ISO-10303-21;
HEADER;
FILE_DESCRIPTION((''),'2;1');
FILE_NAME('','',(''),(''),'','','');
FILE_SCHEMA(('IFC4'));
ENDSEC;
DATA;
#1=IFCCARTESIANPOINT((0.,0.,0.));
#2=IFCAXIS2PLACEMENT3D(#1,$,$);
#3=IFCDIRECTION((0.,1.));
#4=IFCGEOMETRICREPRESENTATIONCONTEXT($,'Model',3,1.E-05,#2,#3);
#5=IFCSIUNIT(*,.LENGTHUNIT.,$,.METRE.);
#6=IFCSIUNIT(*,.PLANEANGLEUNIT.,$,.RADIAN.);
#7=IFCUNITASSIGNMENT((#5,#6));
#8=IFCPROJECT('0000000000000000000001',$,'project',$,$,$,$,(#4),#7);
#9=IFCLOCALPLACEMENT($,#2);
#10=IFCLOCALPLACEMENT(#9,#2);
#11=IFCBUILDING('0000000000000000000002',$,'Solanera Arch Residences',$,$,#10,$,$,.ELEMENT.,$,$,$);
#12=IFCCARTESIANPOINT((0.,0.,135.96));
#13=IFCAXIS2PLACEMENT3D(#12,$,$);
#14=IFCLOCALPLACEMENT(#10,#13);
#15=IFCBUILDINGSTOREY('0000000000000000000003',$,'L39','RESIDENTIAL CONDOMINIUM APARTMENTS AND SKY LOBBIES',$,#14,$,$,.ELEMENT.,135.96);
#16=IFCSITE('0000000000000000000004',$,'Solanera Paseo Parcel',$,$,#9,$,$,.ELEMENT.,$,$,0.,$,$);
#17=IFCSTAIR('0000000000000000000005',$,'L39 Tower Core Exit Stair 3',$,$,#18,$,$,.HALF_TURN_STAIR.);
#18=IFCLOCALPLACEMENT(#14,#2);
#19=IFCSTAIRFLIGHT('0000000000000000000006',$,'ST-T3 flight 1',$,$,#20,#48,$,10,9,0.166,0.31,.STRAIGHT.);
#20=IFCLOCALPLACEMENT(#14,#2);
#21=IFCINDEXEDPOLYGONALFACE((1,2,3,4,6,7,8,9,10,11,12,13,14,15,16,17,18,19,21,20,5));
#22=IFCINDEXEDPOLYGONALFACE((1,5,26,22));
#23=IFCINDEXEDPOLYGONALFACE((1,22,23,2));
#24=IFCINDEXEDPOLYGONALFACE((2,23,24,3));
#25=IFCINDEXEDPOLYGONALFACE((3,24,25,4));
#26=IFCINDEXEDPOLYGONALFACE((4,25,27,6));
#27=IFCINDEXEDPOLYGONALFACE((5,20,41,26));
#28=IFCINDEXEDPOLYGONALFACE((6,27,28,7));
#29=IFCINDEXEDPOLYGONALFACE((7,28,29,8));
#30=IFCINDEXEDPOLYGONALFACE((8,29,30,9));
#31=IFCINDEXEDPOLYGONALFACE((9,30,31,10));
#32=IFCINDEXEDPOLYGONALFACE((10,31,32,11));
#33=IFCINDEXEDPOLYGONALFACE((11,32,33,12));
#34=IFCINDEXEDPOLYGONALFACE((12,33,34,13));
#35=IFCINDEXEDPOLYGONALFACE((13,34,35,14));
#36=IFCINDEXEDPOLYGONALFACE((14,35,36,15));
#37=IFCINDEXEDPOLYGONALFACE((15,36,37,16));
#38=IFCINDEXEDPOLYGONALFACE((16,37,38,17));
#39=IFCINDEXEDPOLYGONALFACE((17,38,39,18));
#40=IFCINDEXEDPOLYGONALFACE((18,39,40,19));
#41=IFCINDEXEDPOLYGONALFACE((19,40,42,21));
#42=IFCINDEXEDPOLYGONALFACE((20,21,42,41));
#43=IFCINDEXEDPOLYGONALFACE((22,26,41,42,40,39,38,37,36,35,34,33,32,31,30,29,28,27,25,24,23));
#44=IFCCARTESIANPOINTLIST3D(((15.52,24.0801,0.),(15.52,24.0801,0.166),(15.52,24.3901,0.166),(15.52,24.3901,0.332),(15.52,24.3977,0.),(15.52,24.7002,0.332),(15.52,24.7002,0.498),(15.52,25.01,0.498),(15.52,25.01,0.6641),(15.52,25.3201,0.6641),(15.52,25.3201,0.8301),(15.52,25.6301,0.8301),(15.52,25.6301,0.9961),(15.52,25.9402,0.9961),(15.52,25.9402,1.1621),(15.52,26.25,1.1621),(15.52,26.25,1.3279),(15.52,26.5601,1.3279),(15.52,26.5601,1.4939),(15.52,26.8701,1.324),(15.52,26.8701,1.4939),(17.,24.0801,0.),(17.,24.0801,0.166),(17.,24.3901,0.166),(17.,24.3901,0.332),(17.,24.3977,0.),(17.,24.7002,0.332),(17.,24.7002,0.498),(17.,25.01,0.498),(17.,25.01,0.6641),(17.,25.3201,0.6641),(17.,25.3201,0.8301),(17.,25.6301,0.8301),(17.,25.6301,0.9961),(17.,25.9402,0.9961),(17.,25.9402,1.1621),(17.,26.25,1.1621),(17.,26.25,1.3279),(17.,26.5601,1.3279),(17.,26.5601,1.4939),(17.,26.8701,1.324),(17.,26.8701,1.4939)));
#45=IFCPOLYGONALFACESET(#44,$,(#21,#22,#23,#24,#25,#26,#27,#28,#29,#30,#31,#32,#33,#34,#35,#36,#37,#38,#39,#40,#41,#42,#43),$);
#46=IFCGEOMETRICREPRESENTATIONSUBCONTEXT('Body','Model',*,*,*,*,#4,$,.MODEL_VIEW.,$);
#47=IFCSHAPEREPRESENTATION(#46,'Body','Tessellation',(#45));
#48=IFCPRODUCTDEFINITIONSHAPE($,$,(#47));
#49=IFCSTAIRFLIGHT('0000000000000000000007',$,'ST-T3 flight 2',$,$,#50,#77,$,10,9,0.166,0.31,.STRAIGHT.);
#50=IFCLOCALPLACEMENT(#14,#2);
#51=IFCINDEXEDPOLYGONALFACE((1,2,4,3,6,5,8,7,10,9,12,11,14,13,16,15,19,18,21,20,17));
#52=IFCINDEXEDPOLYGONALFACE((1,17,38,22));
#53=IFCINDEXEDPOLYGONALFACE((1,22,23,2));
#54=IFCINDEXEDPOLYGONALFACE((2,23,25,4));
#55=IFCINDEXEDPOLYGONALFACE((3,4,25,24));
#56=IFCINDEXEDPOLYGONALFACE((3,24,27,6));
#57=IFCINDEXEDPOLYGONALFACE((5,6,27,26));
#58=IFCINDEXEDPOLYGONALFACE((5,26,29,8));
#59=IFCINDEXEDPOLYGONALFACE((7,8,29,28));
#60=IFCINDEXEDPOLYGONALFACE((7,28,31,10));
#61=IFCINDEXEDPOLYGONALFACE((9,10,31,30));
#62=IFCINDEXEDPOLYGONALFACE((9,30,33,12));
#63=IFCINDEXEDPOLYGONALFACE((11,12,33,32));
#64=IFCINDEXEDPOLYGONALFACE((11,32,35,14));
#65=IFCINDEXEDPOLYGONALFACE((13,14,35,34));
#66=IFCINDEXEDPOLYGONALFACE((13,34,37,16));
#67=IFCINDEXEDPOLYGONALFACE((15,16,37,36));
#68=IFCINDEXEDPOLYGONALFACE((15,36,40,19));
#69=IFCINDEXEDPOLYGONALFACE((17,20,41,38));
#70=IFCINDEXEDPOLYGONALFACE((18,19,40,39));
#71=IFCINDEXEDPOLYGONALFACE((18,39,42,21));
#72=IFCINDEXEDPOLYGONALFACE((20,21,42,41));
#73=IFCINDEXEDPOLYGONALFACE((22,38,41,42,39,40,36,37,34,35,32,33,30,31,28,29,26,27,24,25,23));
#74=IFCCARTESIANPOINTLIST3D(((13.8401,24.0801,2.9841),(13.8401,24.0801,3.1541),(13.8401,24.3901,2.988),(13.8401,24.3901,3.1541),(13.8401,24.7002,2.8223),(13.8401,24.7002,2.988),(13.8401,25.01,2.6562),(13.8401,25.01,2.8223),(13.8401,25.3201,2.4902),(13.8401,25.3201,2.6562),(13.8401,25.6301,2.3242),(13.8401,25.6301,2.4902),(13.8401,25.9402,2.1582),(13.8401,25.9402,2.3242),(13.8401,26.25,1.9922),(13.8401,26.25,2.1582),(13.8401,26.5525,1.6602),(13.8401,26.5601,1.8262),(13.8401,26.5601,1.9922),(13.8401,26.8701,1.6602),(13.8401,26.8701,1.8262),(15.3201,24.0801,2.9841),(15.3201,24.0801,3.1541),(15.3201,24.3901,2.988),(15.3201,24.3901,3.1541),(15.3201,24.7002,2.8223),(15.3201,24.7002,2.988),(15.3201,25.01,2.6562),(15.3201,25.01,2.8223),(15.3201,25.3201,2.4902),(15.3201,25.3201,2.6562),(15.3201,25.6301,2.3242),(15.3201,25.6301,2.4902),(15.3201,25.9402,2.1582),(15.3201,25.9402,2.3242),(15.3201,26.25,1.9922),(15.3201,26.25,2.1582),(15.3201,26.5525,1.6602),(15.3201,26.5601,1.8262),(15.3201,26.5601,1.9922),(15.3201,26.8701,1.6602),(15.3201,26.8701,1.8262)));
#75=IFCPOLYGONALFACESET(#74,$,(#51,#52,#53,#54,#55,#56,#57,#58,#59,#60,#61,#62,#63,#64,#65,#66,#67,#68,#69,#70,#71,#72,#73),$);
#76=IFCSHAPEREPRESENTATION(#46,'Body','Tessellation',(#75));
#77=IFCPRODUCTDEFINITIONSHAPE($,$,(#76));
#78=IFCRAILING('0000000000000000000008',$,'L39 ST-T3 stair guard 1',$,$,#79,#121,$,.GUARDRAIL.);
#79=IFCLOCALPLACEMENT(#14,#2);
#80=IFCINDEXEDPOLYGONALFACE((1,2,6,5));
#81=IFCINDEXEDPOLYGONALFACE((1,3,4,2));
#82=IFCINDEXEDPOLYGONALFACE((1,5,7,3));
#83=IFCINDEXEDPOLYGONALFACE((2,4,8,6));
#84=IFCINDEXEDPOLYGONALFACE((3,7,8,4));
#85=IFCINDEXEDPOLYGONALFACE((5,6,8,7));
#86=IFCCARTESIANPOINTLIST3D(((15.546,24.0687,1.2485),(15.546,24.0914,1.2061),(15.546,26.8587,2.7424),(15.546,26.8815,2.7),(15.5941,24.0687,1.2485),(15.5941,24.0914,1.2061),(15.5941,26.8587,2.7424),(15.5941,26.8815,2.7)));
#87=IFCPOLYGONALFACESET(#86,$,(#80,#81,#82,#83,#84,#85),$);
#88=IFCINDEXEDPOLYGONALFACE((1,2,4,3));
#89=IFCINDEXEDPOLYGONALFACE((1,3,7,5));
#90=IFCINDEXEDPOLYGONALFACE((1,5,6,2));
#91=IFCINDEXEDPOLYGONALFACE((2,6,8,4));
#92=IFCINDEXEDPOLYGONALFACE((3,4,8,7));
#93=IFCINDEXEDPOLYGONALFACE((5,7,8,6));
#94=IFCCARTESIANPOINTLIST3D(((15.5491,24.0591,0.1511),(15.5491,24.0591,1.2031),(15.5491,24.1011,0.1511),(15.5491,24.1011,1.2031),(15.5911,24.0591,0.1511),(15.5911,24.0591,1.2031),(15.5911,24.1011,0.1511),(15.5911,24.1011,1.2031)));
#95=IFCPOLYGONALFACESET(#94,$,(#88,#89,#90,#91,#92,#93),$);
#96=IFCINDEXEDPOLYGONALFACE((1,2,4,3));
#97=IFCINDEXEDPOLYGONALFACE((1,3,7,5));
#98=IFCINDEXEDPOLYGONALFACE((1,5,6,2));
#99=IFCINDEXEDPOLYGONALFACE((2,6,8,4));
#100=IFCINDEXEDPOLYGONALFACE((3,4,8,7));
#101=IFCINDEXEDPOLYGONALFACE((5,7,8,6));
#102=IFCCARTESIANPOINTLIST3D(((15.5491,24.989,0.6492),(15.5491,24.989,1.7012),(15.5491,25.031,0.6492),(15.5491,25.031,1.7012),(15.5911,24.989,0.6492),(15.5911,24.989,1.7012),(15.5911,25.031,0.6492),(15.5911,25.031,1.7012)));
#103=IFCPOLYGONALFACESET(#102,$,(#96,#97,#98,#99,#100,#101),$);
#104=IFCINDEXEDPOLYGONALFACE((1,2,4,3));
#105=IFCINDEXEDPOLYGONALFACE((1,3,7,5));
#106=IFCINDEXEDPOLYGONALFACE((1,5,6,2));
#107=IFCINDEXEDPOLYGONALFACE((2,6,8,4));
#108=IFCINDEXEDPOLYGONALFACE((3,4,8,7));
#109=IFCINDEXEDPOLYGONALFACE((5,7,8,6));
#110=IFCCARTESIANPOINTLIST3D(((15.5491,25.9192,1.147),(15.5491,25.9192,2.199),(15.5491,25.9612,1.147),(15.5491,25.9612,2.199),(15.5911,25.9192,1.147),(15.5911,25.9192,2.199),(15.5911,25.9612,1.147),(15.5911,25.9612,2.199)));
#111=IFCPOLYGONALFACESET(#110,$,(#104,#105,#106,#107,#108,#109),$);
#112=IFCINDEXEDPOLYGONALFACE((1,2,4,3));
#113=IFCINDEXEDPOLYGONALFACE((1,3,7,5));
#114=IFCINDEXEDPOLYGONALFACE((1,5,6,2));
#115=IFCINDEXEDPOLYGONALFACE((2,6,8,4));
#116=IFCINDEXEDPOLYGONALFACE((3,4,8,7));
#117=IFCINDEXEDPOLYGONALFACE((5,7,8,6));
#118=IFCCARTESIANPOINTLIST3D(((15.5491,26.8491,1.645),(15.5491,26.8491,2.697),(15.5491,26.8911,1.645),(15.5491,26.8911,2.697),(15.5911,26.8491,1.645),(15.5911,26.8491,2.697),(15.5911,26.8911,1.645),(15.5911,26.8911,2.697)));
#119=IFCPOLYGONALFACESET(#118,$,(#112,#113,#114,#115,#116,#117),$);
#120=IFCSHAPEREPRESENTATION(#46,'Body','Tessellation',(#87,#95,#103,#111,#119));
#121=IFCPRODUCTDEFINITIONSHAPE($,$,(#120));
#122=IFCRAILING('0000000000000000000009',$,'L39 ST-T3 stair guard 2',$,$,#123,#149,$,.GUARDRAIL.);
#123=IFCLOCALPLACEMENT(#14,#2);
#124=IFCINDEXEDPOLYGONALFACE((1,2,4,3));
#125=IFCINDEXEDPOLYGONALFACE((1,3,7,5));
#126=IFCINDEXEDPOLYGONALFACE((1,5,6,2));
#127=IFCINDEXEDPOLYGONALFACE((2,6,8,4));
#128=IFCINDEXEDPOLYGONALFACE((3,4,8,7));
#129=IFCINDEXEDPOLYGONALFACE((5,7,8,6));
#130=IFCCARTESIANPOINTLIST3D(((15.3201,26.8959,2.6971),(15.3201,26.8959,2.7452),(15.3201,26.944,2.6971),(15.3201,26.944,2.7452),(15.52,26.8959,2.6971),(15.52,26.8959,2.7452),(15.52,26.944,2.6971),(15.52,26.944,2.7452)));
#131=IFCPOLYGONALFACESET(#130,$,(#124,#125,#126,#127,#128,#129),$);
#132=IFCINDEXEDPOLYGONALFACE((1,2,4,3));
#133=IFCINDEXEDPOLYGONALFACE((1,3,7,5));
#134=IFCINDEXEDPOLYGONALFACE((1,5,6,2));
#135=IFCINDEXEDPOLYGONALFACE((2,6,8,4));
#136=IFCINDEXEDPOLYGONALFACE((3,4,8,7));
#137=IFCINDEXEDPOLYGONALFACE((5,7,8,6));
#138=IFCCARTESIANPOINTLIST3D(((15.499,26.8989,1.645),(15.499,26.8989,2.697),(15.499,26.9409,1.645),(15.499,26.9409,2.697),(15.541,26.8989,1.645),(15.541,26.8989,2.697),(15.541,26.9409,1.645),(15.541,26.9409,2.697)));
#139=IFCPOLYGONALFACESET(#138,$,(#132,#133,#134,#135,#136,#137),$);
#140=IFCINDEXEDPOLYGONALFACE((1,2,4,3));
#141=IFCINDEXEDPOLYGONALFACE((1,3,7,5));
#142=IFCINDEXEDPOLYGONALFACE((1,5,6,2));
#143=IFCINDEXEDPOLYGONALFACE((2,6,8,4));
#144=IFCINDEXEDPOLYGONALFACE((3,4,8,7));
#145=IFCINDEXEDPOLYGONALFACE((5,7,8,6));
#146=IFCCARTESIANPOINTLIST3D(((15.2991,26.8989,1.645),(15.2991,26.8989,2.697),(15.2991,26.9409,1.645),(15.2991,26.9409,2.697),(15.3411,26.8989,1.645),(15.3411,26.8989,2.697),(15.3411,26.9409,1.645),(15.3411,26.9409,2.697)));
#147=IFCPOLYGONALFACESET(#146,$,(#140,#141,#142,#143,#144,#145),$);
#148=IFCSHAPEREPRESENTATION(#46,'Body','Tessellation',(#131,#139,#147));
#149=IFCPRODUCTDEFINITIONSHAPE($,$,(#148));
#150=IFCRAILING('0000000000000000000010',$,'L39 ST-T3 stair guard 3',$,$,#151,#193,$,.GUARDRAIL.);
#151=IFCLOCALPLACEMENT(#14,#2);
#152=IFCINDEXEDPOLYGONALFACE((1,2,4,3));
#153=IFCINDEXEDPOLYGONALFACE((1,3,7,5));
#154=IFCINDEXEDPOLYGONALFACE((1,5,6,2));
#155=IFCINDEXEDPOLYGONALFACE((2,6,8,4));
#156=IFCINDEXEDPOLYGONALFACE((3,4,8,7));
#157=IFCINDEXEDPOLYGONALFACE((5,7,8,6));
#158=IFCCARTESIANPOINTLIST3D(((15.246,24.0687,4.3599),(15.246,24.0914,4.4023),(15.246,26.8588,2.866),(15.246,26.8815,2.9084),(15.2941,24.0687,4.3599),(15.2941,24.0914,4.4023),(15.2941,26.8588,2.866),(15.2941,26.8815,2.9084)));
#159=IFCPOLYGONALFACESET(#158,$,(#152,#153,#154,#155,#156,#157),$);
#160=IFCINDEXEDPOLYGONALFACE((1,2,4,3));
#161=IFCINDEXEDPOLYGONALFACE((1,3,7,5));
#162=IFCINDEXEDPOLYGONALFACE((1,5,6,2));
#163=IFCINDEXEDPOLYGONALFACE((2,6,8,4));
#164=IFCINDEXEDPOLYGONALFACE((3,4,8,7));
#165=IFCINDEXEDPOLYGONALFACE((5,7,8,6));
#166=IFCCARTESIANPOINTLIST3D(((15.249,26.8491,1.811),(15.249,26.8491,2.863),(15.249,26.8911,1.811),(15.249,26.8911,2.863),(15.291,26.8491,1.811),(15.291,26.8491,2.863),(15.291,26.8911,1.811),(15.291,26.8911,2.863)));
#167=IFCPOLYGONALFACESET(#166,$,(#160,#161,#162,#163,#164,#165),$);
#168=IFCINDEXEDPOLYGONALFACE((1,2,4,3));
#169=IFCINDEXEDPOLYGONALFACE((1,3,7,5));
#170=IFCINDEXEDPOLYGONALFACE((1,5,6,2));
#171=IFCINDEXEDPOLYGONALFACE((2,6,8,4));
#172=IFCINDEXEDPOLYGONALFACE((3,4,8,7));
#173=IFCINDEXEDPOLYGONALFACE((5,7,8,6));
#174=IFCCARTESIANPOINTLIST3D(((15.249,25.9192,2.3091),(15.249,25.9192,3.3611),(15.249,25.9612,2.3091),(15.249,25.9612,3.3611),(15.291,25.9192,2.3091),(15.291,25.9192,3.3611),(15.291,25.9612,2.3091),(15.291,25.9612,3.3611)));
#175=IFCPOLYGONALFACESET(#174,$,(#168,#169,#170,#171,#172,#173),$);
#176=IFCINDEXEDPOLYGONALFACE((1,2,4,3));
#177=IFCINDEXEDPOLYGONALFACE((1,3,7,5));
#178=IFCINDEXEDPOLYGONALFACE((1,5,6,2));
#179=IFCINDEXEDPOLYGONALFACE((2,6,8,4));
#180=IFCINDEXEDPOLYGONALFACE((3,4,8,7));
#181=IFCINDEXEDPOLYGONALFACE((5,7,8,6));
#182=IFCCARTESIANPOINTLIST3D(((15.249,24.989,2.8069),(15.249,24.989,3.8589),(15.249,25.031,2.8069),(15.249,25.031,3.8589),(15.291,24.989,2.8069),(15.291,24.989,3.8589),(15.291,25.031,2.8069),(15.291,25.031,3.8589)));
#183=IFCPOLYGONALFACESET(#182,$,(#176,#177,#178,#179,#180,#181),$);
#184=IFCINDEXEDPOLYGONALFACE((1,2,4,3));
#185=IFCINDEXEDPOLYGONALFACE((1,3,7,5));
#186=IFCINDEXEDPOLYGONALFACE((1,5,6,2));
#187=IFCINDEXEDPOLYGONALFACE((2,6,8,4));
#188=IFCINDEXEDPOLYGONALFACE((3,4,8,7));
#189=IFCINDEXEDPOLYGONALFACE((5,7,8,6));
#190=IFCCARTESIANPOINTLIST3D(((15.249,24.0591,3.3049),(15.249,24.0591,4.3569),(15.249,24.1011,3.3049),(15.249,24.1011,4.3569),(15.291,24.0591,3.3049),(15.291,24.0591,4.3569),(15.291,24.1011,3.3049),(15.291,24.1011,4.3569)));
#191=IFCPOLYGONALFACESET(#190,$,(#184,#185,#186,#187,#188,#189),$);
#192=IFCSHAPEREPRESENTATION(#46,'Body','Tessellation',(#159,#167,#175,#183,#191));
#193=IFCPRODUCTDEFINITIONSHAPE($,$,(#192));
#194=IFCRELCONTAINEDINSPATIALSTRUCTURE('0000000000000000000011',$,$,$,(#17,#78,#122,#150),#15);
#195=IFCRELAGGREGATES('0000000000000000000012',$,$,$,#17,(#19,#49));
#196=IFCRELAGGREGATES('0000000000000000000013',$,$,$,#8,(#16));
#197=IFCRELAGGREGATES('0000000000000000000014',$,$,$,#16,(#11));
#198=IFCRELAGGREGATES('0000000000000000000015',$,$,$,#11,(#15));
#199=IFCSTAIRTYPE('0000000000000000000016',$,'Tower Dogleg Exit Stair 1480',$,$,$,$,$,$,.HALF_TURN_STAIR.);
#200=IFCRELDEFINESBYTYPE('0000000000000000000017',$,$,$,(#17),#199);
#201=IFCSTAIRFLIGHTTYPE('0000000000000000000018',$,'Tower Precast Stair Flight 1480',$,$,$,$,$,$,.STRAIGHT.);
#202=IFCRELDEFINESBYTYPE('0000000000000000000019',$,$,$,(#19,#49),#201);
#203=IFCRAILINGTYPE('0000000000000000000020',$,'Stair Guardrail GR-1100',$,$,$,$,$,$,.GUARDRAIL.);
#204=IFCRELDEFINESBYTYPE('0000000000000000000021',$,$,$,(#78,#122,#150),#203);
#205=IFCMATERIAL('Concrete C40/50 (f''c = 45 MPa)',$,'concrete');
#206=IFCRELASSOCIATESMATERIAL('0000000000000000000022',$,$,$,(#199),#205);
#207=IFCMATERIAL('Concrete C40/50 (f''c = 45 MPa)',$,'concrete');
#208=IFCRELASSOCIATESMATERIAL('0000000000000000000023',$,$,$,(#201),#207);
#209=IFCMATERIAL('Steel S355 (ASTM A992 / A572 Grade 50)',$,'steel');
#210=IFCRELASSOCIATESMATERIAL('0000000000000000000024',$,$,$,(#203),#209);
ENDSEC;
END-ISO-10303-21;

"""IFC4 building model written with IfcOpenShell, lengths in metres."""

from ifc_helpers import new_model, si_unit, direction, frame, origin, origin_2d, place, context, subcontext, project, spatial, polyline, rectangle, outline, extrude, material, type_object, element, aggregate, save


model = new_model("IFC4")

# Units and contexts
model_context = context("Model", 3, precision=1e-05, world=origin(), true_north=direction((0.0, 1.0)))
body_context = subcontext(model_context, "Body", "Model", "MODEL_VIEW")
ifc_project = project(units=[si_unit("LENGTHUNIT", "METRE"), si_unit("PLANEANGLEUNIT", "RADIAN")], contexts=[model_context])

# Site, building, storey
site_placement = place(None, origin())
site = spatial("IfcSite", under=ifc_project, at=site_placement, Name="Solanera Paseo Parcel", CompositionType="ELEMENT", RefElevation=0.0)
building_placement = place(site_placement, origin())
building = spatial("IfcBuilding", under=site, at=building_placement, Name="Solanera Arch Residences", CompositionType="ELEMENT")
storey_placement = place(building_placement, frame((0.0, 0.0, 135.96)))
storey = spatial("IfcBuildingStorey", under=building, at=storey_placement, Name="L39", Description="RESIDENTIAL CONDOMINIUM APARTMENTS AND SKY LOBBIES", CompositionType="ELEMENT", Elevation=135.96)

# Stair, stair flights
ifc_material_1 = material(Name="Concrete C40/50 (f'c = 45 MPa)", Category="concrete")
stair_type = type_object("IfcStairType", Name="Tower Dogleg Exit Stair 1480", PredefinedType="HALF_TURN_STAIR", material=ifc_material_1)
stair_placement = place(storey_placement, origin())
stair = element("IfcStair", 1, at=stair_placement, inside=storey, type_object=stair_type, Name="L39 Tower Core Exit Stair 3", PredefinedType="HALF_TURN_STAIR")
ifc_material_2 = material(Name="Concrete C40/50 (f'c = 45 MPa)", Category="concrete")
stair_flight_type = type_object("IfcStairFlightType", Name="Tower Precast Stair Flight 1480", PredefinedType="STRAIGHT", material=ifc_material_2)
stair_flight_1_placement = place(storey_placement, frame((16.26, 24.0801, 0.0), z_axis=(0.0, 0.0, 1.0), x_axis=(0.0, 1.0, 0.0)))
stair_flight_1 = element("IfcStairFlight", 2, at=stair_flight_1_placement, type_object=stair_flight_type, Name="ST-T3 flight 1", NumberOfRisers=10, NumberOfTreads=9, PredefinedType="STRAIGHT", RiserHeight=0.166, TreadLength=0.31, context=body_context, shape_type="SweptSolid", body=[
    extrude(outline(polyline([(0.0, 0.0), (0.0, 0.166), (0.3101, 0.166), (0.3101, 0.332), (0.6201, 0.332), (0.6201, 0.498), (0.9299, 0.498), (0.9299, 0.6641), (1.24, 0.6641), (1.24, 0.8301), (1.55, 0.8301), (1.55, 0.9961), (1.8601, 0.9961), (1.8601, 1.1621), (2.1699, 1.1621), (2.1699, 1.3279), (2.48, 1.3279), (2.48, 1.4939), (2.79, 1.4939), (2.79, 1.6599), (2.79, 1.324), (0.3176, 0.0), (0.0, 0.0)])), frame((0.0, 0.74, 0.0), z_axis=(0.0, -1.0, 0.0), x_axis=(1.0, 0.0, 0.0)), (0.0, 0.0, 1.0), 1.48),
])
stair_flight_2_placement = place(storey_placement, frame((14.5801, 26.8701, 1.6602), z_axis=(0.0, 0.0, 1.0), x_axis=(0.0, -1.0, 0.0)))
stair_flight_2 = element("IfcStairFlight", 3, at=stair_flight_2_placement, type_object=stair_flight_type, Name="ST-T3 flight 2", NumberOfRisers=10, NumberOfTreads=9, PredefinedType="STRAIGHT", RiserHeight=0.166, TreadLength=0.31, context=body_context, shape_type="SweptSolid", body=[
    extrude(outline(polyline([(0.0, 0.0), (0.0, 0.166), (0.3101, 0.166), (0.3101, 0.332), (0.6201, 0.332), (0.6201, 0.498), (0.9299, 0.498), (0.9299, 0.6641), (1.24, 0.6641), (1.24, 0.8301), (1.55, 0.8301), (1.55, 0.9961), (1.8601, 0.9961), (1.8601, 1.1621), (2.1699, 1.1621), (2.1699, 1.3279), (2.48, 1.3279), (2.48, 1.4939), (2.79, 1.4939), (2.79, 1.6599), (2.79, 1.324), (0.3176, 0.0), (0.0, 0.0)])), frame((0.0, 0.74, 0.0), z_axis=(0.0, -1.0, 0.0), x_axis=(1.0, 0.0, 0.0)), (0.0, 0.0, 1.0), 1.48),
])
aggregate(stair, [stair_flight_1, stair_flight_2])

# Railings
ifc_material_3 = material(Name="Steel S355 (ASTM A992 / A572 Grade 50)", Category="steel")
railing_type_1 = type_object("IfcRailingType", Name="Stair Guardrail GR-1100", PredefinedType="GUARDRAIL", material=ifc_material_3)
railing_1_placement = place(storey_placement, frame((15.5701, 24.0801, 0.1511)))
element("IfcRailing", 4, at=railing_1_placement, inside=storey, type_object=railing_type_1, Name="L39 ST-T3 stair guard 1", PredefinedType="GUARDRAIL", context=body_context, shape_type="SweptSolid", body=[
    extrude(rectangle(XDim=0.0481, YDim=0.0481, at=origin_2d()), frame((0.0, 0.0, 1.0762), z_axis=(0.0, 0.881581, 0.472033), x_axis=(-1.0, 0.0, 0.0)), (0.0, 0.0, 1.0), 3.1648),
    extrude(rectangle(XDim=0.042, YDim=0.042, at=origin_2d()), origin(), (0.0, 0.0, 1.0), 1.052),
    extrude(rectangle(XDim=0.042, YDim=0.042, at=origin_2d()), frame((0.0, 0.9299, 0.498)), (0.0, 0.0, 1.0), 1.052),
    extrude(rectangle(XDim=0.042, YDim=0.042, at=origin_2d()), frame((0.0, 1.8601, 0.9958)), (0.0, 0.0, 1.0), 1.052),
    extrude(rectangle(XDim=0.042, YDim=0.042, at=origin_2d()), frame((0.0, 2.79, 1.4939)), (0.0, 0.0, 1.0), 1.052),
])
railing_2_placement = place(storey_placement, frame((15.52, 26.9199, 1.645)))
element("IfcRailing", 5, at=railing_2_placement, inside=storey, type_object=railing_type_1, Name="L39 ST-T3 stair guard 2", PredefinedType="GUARDRAIL", context=body_context, shape_type="SweptSolid", body=[
    extrude(rectangle(XDim=0.0481, YDim=0.0481, at=origin_2d()), frame((0.0, 0.0, 1.0762), z_axis=(-1.0, 0.0, 0.0), x_axis=(0.0, -1.0, 0.0)), (0.0, 0.0, 1.0), 0.2),
    extrude(rectangle(XDim=0.042, YDim=0.042, at=origin_2d()), origin(), (0.0, 0.0, 1.0), 1.052),
    extrude(rectangle(XDim=0.042, YDim=0.042, at=origin_2d()), frame((-0.2, 0.0, 0.0)), (0.0, 0.0, 1.0), 1.052),
])
railing_3_placement = place(storey_placement, frame((15.27, 26.8701, 1.811)))
element("IfcRailing", 6, at=railing_3_placement, inside=storey, type_object=railing_type_1, Name="L39 ST-T3 stair guard 3", PredefinedType="GUARDRAIL", context=body_context, shape_type="SweptSolid", body=[
    extrude(rectangle(XDim=0.0481, YDim=0.0481, at=origin_2d()), frame((0.0, 0.0, 1.0762), z_axis=(0.0, -0.881581, 0.472033), x_axis=(1.0, 0.0, 0.0)), (0.0, 0.0, 1.0), 3.1648),
    extrude(rectangle(XDim=0.042, YDim=0.042, at=origin_2d()), origin(), (0.0, 0.0, 1.0), 1.052),
    extrude(rectangle(XDim=0.042, YDim=0.042, at=origin_2d()), frame((0.0, -0.9299, 0.498)), (0.0, 0.0, 1.0), 1.052),
    extrude(rectangle(XDim=0.042, YDim=0.042, at=origin_2d()), frame((0.0, -1.8601, 0.9958)), (0.0, 0.0, 1.0), 1.052),
    extrude(rectangle(XDim=0.042, YDim=0.042, at=origin_2d()), frame((0.0, -2.79, 1.4939)), (0.0, 0.0, 1.0), 1.052),
])

save(model, "model.ifc")
